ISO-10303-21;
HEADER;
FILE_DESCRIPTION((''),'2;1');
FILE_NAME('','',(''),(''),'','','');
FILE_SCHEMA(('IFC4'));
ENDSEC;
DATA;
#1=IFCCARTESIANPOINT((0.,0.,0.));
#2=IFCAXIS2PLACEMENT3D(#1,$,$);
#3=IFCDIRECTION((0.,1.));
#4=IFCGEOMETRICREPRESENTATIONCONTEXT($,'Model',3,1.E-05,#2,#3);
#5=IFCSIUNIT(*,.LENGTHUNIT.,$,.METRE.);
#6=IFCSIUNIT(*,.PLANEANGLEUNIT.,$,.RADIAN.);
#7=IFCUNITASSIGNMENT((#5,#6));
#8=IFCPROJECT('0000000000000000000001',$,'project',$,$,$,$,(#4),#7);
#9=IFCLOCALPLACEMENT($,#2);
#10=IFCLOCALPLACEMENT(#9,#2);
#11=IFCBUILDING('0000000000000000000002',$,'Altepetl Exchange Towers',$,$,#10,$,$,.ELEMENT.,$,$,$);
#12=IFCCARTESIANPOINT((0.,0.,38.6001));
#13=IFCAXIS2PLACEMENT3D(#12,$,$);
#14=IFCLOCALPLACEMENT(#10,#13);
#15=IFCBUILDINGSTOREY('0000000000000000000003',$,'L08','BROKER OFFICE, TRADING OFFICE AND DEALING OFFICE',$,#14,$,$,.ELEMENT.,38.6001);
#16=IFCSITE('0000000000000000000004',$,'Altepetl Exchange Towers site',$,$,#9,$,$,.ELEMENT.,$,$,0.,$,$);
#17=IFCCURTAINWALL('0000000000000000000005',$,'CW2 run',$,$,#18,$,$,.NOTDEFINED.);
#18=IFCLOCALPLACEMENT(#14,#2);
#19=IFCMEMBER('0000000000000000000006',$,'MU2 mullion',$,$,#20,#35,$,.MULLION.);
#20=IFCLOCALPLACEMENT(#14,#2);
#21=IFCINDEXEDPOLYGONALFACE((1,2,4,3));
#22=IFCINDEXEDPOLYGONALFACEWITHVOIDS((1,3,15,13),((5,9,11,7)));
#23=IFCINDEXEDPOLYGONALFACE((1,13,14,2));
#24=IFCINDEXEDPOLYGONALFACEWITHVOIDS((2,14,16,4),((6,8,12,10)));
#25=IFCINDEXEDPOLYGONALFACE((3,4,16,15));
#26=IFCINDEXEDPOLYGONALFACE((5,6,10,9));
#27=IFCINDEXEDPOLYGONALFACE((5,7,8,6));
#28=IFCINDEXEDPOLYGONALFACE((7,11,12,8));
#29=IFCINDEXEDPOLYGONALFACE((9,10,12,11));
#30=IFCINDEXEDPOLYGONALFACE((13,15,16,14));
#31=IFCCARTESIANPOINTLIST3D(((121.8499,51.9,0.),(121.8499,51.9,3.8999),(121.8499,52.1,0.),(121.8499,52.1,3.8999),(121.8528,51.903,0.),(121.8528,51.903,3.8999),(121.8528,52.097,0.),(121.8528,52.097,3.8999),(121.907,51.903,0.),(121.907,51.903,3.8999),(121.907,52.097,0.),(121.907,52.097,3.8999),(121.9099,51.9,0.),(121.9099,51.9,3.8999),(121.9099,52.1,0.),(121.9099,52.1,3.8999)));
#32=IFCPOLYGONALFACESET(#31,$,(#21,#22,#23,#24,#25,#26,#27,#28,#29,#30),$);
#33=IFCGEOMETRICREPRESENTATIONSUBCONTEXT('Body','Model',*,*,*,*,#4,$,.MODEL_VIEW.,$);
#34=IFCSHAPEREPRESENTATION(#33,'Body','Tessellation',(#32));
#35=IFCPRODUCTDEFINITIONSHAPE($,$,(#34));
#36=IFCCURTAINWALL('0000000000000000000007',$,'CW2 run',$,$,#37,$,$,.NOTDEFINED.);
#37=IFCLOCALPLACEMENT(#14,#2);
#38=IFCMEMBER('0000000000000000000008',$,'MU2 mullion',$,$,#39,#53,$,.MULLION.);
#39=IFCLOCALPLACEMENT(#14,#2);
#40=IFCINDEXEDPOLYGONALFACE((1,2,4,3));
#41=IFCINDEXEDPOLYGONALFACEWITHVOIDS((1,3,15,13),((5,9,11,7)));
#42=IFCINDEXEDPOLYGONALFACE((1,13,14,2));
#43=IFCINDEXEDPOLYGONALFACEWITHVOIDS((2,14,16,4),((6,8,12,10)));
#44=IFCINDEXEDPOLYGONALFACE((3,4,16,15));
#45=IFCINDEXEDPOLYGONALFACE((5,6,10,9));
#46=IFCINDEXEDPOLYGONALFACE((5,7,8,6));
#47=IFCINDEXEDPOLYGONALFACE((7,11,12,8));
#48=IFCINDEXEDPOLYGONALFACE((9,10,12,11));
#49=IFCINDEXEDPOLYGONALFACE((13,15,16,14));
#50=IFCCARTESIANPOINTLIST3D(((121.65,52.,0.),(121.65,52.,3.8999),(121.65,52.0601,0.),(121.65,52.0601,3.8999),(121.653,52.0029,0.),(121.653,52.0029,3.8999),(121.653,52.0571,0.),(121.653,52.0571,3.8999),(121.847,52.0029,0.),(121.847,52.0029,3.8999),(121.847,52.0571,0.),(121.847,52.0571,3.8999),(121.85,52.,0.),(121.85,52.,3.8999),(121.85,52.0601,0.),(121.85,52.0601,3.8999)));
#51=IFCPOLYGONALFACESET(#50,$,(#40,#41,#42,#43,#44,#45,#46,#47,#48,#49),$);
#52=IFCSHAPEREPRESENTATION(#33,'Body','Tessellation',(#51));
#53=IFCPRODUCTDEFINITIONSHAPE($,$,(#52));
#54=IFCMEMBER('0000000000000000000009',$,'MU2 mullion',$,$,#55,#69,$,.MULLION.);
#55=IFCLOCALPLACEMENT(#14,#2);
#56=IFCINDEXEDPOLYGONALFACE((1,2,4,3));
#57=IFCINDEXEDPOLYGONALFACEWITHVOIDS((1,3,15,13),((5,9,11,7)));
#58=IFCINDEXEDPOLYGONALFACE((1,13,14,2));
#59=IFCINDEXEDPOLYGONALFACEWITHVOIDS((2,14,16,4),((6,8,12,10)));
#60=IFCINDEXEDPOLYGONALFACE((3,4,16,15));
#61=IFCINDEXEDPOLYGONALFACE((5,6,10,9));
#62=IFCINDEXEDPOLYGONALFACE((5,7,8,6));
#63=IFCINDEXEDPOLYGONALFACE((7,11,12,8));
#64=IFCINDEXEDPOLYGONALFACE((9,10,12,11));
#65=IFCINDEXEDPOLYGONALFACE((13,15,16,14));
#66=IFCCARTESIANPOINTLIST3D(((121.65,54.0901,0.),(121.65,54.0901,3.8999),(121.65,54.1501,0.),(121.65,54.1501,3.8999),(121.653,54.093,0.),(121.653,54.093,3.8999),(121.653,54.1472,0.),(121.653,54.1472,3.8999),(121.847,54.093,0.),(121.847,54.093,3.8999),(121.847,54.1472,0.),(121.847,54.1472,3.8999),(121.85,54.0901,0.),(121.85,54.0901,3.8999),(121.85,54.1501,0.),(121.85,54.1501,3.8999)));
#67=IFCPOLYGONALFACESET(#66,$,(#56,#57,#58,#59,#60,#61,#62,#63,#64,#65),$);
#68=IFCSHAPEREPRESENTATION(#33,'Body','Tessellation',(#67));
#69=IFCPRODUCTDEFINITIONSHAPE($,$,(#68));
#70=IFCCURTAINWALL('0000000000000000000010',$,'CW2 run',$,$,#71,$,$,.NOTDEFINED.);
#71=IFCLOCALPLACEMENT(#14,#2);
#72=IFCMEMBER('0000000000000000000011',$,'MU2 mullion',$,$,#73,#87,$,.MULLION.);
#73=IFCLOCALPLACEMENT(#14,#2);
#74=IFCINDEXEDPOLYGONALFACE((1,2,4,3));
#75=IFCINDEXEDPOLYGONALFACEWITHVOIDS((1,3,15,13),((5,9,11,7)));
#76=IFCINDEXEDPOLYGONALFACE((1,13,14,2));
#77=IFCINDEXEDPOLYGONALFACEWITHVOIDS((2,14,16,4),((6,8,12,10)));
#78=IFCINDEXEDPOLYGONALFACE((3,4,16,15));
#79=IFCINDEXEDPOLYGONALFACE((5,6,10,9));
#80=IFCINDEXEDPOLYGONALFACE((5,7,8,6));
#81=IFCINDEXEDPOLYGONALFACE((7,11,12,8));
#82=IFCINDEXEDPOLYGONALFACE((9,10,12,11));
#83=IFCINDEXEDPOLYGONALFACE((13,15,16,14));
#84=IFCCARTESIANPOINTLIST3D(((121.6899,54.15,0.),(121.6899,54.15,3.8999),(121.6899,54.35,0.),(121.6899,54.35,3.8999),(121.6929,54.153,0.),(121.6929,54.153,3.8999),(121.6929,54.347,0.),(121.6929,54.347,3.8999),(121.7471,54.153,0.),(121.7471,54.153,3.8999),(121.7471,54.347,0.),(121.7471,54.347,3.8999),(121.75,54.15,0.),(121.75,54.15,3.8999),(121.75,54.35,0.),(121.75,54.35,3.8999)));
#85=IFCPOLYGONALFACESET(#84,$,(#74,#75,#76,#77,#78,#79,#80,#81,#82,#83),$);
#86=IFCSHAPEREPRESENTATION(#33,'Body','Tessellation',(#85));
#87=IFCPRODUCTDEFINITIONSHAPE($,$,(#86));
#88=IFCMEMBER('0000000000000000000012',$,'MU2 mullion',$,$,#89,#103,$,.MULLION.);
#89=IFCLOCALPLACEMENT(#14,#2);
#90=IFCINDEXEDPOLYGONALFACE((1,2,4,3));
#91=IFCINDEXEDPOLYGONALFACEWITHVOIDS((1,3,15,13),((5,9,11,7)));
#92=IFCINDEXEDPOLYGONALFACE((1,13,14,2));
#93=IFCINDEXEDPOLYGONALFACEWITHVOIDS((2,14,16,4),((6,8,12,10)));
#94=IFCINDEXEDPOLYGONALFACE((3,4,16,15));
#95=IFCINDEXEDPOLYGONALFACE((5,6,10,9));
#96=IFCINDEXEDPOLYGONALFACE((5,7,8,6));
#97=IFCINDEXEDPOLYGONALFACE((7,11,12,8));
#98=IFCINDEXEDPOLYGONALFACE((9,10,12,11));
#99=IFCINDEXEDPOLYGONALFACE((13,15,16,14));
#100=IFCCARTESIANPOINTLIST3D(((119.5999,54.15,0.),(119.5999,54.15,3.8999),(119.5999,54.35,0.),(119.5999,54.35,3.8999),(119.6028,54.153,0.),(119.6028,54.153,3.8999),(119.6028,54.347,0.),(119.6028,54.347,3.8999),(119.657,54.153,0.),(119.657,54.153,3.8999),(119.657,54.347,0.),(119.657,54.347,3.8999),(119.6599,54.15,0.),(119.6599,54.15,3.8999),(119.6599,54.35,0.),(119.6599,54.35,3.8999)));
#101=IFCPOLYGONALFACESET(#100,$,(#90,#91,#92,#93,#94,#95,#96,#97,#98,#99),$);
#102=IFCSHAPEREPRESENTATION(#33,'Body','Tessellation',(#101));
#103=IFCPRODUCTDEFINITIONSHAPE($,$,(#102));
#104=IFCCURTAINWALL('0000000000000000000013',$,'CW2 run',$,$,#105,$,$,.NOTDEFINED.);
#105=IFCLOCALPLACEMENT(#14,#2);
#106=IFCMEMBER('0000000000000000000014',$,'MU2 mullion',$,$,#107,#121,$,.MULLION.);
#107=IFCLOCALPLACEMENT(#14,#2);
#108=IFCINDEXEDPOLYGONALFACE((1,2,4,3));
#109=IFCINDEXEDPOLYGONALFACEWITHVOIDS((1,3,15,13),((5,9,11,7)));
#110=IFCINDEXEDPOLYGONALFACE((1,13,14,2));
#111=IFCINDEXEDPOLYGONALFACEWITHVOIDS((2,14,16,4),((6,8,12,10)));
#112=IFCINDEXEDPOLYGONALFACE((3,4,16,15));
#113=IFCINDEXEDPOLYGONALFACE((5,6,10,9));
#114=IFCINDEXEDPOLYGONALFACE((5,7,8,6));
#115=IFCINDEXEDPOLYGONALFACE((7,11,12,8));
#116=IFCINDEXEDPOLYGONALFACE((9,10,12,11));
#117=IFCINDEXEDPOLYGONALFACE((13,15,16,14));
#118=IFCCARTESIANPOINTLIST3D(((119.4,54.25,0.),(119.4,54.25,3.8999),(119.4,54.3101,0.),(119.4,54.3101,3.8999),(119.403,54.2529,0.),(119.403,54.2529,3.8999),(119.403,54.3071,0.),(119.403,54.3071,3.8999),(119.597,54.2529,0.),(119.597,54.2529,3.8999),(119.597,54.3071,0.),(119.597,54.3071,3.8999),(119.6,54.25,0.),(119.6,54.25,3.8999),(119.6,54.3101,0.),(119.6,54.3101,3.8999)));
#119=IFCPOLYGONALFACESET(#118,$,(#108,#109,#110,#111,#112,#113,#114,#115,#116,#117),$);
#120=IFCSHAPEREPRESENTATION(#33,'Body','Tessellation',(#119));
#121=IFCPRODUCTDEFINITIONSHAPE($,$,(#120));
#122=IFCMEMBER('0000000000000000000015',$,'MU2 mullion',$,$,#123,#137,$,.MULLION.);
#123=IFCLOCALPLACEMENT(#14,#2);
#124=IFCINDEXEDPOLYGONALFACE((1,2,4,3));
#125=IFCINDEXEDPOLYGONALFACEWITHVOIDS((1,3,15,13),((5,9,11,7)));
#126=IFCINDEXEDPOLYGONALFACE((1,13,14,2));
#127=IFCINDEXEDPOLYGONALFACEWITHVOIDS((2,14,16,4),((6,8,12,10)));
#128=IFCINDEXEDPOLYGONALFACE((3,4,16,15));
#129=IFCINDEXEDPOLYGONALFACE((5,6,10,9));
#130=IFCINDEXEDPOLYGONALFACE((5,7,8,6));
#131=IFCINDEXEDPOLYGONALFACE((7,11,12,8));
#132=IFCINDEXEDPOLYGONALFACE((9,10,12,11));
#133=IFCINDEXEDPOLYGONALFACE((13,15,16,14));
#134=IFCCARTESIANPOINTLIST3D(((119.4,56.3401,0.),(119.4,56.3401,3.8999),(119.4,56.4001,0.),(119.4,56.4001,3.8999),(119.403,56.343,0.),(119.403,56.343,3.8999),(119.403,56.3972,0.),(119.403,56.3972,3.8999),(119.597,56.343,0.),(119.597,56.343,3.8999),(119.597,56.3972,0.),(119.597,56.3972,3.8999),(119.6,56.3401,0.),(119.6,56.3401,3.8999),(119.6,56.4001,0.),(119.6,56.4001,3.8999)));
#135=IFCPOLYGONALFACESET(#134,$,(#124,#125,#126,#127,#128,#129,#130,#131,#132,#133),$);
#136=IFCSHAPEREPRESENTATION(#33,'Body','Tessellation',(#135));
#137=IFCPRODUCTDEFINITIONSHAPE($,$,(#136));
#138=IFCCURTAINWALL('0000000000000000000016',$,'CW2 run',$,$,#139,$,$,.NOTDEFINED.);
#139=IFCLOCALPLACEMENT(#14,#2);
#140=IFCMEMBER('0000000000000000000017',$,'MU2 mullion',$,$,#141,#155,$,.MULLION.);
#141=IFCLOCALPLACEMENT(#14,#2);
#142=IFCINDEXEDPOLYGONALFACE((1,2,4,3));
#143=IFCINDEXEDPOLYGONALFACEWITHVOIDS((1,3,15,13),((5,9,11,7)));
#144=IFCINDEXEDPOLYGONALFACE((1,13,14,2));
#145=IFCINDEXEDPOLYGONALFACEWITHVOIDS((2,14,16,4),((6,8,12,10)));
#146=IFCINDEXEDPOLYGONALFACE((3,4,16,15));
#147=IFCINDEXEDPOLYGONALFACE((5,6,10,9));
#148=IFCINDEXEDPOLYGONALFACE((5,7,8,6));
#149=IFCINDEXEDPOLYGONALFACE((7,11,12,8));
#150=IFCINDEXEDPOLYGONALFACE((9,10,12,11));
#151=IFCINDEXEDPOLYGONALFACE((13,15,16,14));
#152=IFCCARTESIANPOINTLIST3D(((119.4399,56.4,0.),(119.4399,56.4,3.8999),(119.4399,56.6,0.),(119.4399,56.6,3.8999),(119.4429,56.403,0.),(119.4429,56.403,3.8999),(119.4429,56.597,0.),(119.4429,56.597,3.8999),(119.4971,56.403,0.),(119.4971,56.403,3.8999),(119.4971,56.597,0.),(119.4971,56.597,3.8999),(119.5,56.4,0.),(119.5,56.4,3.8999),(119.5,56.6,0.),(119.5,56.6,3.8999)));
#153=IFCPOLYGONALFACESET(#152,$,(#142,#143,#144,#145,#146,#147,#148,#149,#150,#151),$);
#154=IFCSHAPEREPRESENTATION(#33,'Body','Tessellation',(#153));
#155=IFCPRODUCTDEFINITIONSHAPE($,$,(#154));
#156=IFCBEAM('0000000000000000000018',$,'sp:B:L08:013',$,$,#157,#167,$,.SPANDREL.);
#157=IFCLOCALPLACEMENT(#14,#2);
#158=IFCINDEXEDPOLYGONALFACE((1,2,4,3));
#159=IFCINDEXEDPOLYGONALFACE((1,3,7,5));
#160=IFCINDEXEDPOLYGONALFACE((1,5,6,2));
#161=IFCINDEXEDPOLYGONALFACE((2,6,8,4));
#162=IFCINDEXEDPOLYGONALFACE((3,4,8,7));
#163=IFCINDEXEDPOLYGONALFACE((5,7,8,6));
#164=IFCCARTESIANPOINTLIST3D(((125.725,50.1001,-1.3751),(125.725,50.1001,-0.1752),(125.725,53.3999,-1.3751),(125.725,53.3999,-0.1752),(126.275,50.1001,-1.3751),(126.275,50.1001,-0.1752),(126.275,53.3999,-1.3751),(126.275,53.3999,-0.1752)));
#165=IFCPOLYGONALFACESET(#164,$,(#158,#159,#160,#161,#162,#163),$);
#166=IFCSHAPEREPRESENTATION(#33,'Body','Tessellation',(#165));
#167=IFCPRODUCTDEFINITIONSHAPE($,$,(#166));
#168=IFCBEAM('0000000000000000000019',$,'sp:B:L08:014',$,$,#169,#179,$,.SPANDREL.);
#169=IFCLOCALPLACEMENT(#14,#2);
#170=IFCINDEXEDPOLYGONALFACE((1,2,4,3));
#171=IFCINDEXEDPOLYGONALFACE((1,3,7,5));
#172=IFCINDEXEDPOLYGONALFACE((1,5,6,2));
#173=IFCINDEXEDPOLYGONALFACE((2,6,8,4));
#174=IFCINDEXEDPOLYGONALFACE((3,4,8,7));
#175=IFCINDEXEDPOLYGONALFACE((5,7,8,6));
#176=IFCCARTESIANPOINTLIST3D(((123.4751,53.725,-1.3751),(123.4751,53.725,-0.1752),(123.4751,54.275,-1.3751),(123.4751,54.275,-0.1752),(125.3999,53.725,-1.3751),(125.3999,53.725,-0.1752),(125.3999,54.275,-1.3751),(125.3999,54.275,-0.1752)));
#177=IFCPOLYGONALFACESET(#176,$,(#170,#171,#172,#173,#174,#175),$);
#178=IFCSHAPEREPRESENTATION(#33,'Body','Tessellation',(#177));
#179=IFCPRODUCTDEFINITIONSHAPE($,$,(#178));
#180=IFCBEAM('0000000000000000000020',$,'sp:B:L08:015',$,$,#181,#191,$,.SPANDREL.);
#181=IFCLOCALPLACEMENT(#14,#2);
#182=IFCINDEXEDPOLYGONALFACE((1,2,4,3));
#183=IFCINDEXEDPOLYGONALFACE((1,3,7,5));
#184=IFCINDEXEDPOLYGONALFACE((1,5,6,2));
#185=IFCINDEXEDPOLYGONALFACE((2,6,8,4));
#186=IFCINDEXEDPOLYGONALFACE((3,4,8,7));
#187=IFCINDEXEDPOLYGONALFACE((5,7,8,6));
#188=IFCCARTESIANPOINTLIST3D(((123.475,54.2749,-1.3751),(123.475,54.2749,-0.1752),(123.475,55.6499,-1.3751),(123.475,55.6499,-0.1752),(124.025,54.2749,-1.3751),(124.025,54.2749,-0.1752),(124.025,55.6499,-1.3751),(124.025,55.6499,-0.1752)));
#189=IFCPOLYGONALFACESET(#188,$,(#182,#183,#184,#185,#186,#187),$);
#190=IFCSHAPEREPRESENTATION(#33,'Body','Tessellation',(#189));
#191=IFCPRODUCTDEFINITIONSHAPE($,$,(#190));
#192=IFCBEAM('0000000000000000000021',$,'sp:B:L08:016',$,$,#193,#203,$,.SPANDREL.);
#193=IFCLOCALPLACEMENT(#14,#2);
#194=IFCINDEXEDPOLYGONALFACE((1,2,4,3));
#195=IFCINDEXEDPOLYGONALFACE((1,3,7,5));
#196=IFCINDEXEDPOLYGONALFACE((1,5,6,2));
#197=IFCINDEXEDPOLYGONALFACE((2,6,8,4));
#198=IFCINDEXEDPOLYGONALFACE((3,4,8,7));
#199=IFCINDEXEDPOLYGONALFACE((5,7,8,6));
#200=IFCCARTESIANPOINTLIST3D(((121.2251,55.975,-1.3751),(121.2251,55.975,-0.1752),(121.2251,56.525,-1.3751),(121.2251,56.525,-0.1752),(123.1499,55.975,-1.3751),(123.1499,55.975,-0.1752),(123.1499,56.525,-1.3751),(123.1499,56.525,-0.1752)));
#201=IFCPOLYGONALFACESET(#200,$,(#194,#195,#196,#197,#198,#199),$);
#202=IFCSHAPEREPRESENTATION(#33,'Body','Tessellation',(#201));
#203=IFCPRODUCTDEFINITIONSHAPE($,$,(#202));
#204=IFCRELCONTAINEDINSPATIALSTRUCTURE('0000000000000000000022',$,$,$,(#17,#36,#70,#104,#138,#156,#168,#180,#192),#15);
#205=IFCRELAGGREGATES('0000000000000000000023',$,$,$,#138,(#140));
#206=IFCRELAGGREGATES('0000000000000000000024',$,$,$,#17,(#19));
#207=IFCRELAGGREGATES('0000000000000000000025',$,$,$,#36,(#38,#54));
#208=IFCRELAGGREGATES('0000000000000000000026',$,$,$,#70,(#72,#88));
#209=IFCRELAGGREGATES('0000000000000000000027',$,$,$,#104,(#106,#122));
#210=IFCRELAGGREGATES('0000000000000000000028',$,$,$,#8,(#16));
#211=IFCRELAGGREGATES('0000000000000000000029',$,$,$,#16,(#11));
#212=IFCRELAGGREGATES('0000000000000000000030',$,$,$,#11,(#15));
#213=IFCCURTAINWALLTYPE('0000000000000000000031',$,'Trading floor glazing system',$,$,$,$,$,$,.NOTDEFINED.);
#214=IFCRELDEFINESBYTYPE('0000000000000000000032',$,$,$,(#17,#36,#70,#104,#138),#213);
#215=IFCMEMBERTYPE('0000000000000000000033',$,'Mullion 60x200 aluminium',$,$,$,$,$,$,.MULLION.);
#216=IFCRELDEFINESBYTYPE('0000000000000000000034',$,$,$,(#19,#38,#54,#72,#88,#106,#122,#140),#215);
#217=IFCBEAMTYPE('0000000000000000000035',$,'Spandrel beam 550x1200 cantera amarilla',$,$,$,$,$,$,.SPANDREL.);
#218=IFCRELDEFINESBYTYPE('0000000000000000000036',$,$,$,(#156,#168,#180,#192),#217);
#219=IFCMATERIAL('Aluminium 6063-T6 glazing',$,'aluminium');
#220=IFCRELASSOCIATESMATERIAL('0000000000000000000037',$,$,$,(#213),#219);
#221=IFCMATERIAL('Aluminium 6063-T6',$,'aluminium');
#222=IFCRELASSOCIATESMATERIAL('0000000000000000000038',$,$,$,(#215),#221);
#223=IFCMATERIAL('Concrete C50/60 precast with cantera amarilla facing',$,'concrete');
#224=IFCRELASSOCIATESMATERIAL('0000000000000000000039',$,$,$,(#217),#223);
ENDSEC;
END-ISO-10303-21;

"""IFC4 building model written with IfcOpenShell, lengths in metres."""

from ifc_helpers import new_model, si_unit, direction, frame, origin, origin_2d, place, context, subcontext, project, spatial, rectangle, hollow_rectangle, extrude, material, material_profile, profile_set, type_object, element, aggregate, save


model = new_model("IFC4")

# Units and contexts
model_context = context("Model", 3, precision=1e-05, world=origin(), true_north=direction((0.0, 1.0)))
body_context = subcontext(model_context, "Body", "Model", "MODEL_VIEW")
ifc_project = project(units=[si_unit("LENGTHUNIT", "METRE"), si_unit("PLANEANGLEUNIT", "RADIAN")], contexts=[model_context])

# Site, building, storey
site_placement = place(None, origin())
site = spatial("IfcSite", under=ifc_project, at=site_placement, Name="Altepetl Exchange Towers site", CompositionType="ELEMENT", RefElevation=0.0)
building_placement = place(site_placement, origin())
building = spatial("IfcBuilding", under=site, at=building_placement, Name="Altepetl Exchange Towers", CompositionType="ELEMENT")
storey_placement = place(building_placement, frame((0.0, 0.0, 38.6001)))
storey = spatial("IfcBuildingStorey", under=building, at=storey_placement, Name="L08", Description="BROKER OFFICE, TRADING OFFICE AND DEALING OFFICE", CompositionType="ELEMENT", Elevation=38.6001)

# Curtain walls, members
ifc_material_1 = material(Name="Aluminium 6063-T6 glazing", Category="aluminium")
curtain_wall_type = type_object("IfcCurtainWallType", Name="Trading floor glazing system", PredefinedType="NOTDEFINED", material=ifc_material_1)
ifc_material_2 = material(Name="Aluminium 6063-T6", Category="aluminium")
ifc_material_profile_1 = material_profile(ifc_material_2, hollow_rectangle(XDim=0.0601, YDim=0.2, WallThickness=0.0029, at=origin_2d()), Name="Mullion 60x200 aluminium")
ifc_profile_set_1 = profile_set([ifc_material_profile_1], Name="Aluminium 6063-T6")
member_type = type_object("IfcMemberType", Name="Mullion 60x200 aluminium", PredefinedType="MULLION", material=ifc_profile_set_1)
curtain_wall_1_placement = place(storey_placement, origin())
curtain_wall_1 = element("IfcCurtainWall", 1, at=curtain_wall_1_placement, inside=storey, type_object=curtain_wall_type, Name="CW2 run", PredefinedType="NOTDEFINED")
member_1_placement = place(storey_placement, frame((121.8799, 52.0, 0.0), z_axis=(0.0, 0.0, 1.0), x_axis=(-1.0, 0.0, 0.0)))
member_1 = element("IfcMember", 2, at=member_1_placement, type_object=member_type, Name="MU2 mullion", PredefinedType="MULLION", context=body_context, shape_type="SweptSolid", body=[
    extrude(hollow_rectangle(XDim=0.0601, YDim=0.2, WallThickness=0.0029, at=origin_2d()), origin(), (0.0, 0.0, 1.0), 3.8999),
])
curtain_wall_2_placement = place(storey_placement, origin())
curtain_wall_2 = element("IfcCurtainWall", 3, at=curtain_wall_2_placement, inside=storey, type_object=curtain_wall_type, Name="CW2 run", PredefinedType="NOTDEFINED")
member_2_placement = place(storey_placement, frame((121.75, 52.03, 0.0), z_axis=(0.0, 0.0, 1.0), x_axis=(0.0, 1.0, 0.0)))
member_2 = element("IfcMember", 4, at=member_2_placement, type_object=member_type, Name="MU2 mullion", PredefinedType="MULLION", context=body_context, shape_type="SweptSolid", body=[
    extrude(hollow_rectangle(XDim=0.0601, YDim=0.2, WallThickness=0.0029, at=origin_2d()), origin(), (0.0, 0.0, 1.0), 3.8999),
])
member_3_placement = place(storey_placement, frame((121.75, 54.1201, 0.0), z_axis=(0.0, 0.0, 1.0), x_axis=(0.0, 1.0, 0.0)))
member_3 = element("IfcMember", 5, at=member_3_placement, type_object=member_type, Name="MU2 mullion", PredefinedType="MULLION", context=body_context, shape_type="SweptSolid", body=[
    extrude(hollow_rectangle(XDim=0.0601, YDim=0.2, WallThickness=0.0029, at=origin_2d()), origin(), (0.0, 0.0, 1.0), 3.8999),
])
curtain_wall_3_placement = place(storey_placement, origin())
curtain_wall_3 = element("IfcCurtainWall", 6, at=curtain_wall_3_placement, inside=storey, type_object=curtain_wall_type, Name="CW2 run", PredefinedType="NOTDEFINED")
member_4_placement = place(storey_placement, frame((121.72, 54.25, 0.0), z_axis=(0.0, 0.0, 1.0), x_axis=(-1.0, 0.0, 0.0)))
member_4 = element("IfcMember", 7, at=member_4_placement, type_object=member_type, Name="MU2 mullion", PredefinedType="MULLION", context=body_context, shape_type="SweptSolid", body=[
    extrude(hollow_rectangle(XDim=0.0601, YDim=0.2, WallThickness=0.0029, at=origin_2d()), origin(), (0.0, 0.0, 1.0), 3.8999),
])
member_5_placement = place(storey_placement, frame((119.6299, 54.25, 0.0), z_axis=(0.0, 0.0, 1.0), x_axis=(-1.0, 0.0, 0.0)))
member_5 = element("IfcMember", 8, at=member_5_placement, type_object=member_type, Name="MU2 mullion", PredefinedType="MULLION", context=body_context, shape_type="SweptSolid", body=[
    extrude(hollow_rectangle(XDim=0.0601, YDim=0.2, WallThickness=0.0029, at=origin_2d()), origin(), (0.0, 0.0, 1.0), 3.8999),
])
curtain_wall_4_placement = place(storey_placement, origin())
curtain_wall_4 = element("IfcCurtainWall", 9, at=curtain_wall_4_placement, inside=storey, type_object=curtain_wall_type, Name="CW2 run", PredefinedType="NOTDEFINED")
member_6_placement = place(storey_placement, frame((119.5, 54.28, 0.0), z_axis=(0.0, 0.0, 1.0), x_axis=(0.0, 1.0, 0.0)))
member_6 = element("IfcMember", 10, at=member_6_placement, type_object=member_type, Name="MU2 mullion", PredefinedType="MULLION", context=body_context, shape_type="SweptSolid", body=[
    extrude(hollow_rectangle(XDim=0.0601, YDim=0.2, WallThickness=0.0029, at=origin_2d()), origin(), (0.0, 0.0, 1.0), 3.8999),
])
member_7_placement = place(storey_placement, frame((119.5, 56.3701, 0.0), z_axis=(0.0, 0.0, 1.0), x_axis=(0.0, 1.0, 0.0)))
member_7 = element("IfcMember", 11, at=member_7_placement, type_object=member_type, Name="MU2 mullion", PredefinedType="MULLION", context=body_context, shape_type="SweptSolid", body=[
    extrude(hollow_rectangle(XDim=0.0601, YDim=0.2, WallThickness=0.0029, at=origin_2d()), origin(), (0.0, 0.0, 1.0), 3.8999),
])

# Curtain wall, member
curtain_wall_5_placement = place(storey_placement, origin())
curtain_wall_5 = element("IfcCurtainWall", 12, at=curtain_wall_5_placement, inside=storey, type_object=curtain_wall_type, Name="CW2 run", PredefinedType="NOTDEFINED")
member_8_placement = place(storey_placement, frame((119.47, 56.5, 0.0), z_axis=(0.0, 0.0, 1.0), x_axis=(-1.0, 0.0, 0.0)))
member_8 = element("IfcMember", 13, at=member_8_placement, type_object=member_type, Name="MU2 mullion", PredefinedType="MULLION", context=body_context, shape_type="SweptSolid", body=[
    extrude(hollow_rectangle(XDim=0.0601, YDim=0.2, WallThickness=0.0029, at=origin_2d()), origin(), (0.0, 0.0, 1.0), 3.8999),
])
aggregate(curtain_wall_5, [member_8])

# Beams
ifc_material_3 = material(Name="Concrete C50/60 precast with cantera amarilla facing", Category="concrete")
ifc_material_profile_2 = material_profile(ifc_material_3, rectangle(XDim=0.55, YDim=1.2, at=origin_2d()), Name="550 x 1200")
ifc_profile_set_2 = profile_set([ifc_material_profile_2], Name="Concrete C50/60 precast with cantera amarilla facing")
beam_type_1 = type_object("IfcBeamType", Name="Spandrel beam 550x1200 cantera amarilla", PredefinedType="SPANDREL", material=ifc_profile_set_2)
beam_1_placement = place(storey_placement, frame((126.0, 50.1001, -0.7751), z_axis=(0.0, 1.0, 0.0), x_axis=(-1.0, 0.0, 0.0)))
element("IfcBeam", 14, at=beam_1_placement, inside=storey, type_object=beam_type_1, Name="sp:B:L08:013", PredefinedType="SPANDREL", context=body_context, shape_type="SweptSolid", body=[
    extrude(rectangle(XDim=0.55, YDim=1.2, at=origin_2d()), origin(), (0.0, 0.0, 1.0), 3.2998),
])
beam_2_placement = place(storey_placement, frame((125.3999, 54.0, -0.7751), z_axis=(-1.0, 0.0, 0.0), x_axis=(0.0, -1.0, 0.0)))
element("IfcBeam", 15, at=beam_2_placement, inside=storey, type_object=beam_type_1, Name="sp:B:L08:014", PredefinedType="SPANDREL", context=body_context, shape_type="SweptSolid", body=[
    extrude(rectangle(XDim=0.55, YDim=1.2, at=origin_2d()), origin(), (0.0, 0.0, 1.0), 1.9248),
])
beam_3_placement = place(storey_placement, frame((123.75, 54.2749, -0.7751), z_axis=(0.0, 1.0, 0.0), x_axis=(-1.0, 0.0, 0.0)))
element("IfcBeam", 16, at=beam_3_placement, inside=storey, type_object=beam_type_1, Name="sp:B:L08:015", PredefinedType="SPANDREL", context=body_context, shape_type="SweptSolid", body=[
    extrude(rectangle(XDim=0.55, YDim=1.2, at=origin_2d()), origin(), (0.0, 0.0, 1.0), 1.375),
])
beam_4_placement = place(storey_placement, frame((123.1499, 56.25, -0.7751), z_axis=(-1.0, 0.0, 0.0), x_axis=(0.0, -1.0, 0.0)))
element("IfcBeam", 17, at=beam_4_placement, inside=storey, type_object=beam_type_1, Name="sp:B:L08:016", PredefinedType="SPANDREL", context=body_context, shape_type="SweptSolid", body=[
    extrude(rectangle(XDim=0.55, YDim=1.2, at=origin_2d()), origin(), (0.0, 0.0, 1.0), 1.9248),
])

aggregate(curtain_wall_1, [member_1])
aggregate(curtain_wall_2, [member_2, member_3])
aggregate(curtain_wall_3, [member_4, member_5])
aggregate(curtain_wall_4, [member_6, member_7])

save(model, "model.ifc")
